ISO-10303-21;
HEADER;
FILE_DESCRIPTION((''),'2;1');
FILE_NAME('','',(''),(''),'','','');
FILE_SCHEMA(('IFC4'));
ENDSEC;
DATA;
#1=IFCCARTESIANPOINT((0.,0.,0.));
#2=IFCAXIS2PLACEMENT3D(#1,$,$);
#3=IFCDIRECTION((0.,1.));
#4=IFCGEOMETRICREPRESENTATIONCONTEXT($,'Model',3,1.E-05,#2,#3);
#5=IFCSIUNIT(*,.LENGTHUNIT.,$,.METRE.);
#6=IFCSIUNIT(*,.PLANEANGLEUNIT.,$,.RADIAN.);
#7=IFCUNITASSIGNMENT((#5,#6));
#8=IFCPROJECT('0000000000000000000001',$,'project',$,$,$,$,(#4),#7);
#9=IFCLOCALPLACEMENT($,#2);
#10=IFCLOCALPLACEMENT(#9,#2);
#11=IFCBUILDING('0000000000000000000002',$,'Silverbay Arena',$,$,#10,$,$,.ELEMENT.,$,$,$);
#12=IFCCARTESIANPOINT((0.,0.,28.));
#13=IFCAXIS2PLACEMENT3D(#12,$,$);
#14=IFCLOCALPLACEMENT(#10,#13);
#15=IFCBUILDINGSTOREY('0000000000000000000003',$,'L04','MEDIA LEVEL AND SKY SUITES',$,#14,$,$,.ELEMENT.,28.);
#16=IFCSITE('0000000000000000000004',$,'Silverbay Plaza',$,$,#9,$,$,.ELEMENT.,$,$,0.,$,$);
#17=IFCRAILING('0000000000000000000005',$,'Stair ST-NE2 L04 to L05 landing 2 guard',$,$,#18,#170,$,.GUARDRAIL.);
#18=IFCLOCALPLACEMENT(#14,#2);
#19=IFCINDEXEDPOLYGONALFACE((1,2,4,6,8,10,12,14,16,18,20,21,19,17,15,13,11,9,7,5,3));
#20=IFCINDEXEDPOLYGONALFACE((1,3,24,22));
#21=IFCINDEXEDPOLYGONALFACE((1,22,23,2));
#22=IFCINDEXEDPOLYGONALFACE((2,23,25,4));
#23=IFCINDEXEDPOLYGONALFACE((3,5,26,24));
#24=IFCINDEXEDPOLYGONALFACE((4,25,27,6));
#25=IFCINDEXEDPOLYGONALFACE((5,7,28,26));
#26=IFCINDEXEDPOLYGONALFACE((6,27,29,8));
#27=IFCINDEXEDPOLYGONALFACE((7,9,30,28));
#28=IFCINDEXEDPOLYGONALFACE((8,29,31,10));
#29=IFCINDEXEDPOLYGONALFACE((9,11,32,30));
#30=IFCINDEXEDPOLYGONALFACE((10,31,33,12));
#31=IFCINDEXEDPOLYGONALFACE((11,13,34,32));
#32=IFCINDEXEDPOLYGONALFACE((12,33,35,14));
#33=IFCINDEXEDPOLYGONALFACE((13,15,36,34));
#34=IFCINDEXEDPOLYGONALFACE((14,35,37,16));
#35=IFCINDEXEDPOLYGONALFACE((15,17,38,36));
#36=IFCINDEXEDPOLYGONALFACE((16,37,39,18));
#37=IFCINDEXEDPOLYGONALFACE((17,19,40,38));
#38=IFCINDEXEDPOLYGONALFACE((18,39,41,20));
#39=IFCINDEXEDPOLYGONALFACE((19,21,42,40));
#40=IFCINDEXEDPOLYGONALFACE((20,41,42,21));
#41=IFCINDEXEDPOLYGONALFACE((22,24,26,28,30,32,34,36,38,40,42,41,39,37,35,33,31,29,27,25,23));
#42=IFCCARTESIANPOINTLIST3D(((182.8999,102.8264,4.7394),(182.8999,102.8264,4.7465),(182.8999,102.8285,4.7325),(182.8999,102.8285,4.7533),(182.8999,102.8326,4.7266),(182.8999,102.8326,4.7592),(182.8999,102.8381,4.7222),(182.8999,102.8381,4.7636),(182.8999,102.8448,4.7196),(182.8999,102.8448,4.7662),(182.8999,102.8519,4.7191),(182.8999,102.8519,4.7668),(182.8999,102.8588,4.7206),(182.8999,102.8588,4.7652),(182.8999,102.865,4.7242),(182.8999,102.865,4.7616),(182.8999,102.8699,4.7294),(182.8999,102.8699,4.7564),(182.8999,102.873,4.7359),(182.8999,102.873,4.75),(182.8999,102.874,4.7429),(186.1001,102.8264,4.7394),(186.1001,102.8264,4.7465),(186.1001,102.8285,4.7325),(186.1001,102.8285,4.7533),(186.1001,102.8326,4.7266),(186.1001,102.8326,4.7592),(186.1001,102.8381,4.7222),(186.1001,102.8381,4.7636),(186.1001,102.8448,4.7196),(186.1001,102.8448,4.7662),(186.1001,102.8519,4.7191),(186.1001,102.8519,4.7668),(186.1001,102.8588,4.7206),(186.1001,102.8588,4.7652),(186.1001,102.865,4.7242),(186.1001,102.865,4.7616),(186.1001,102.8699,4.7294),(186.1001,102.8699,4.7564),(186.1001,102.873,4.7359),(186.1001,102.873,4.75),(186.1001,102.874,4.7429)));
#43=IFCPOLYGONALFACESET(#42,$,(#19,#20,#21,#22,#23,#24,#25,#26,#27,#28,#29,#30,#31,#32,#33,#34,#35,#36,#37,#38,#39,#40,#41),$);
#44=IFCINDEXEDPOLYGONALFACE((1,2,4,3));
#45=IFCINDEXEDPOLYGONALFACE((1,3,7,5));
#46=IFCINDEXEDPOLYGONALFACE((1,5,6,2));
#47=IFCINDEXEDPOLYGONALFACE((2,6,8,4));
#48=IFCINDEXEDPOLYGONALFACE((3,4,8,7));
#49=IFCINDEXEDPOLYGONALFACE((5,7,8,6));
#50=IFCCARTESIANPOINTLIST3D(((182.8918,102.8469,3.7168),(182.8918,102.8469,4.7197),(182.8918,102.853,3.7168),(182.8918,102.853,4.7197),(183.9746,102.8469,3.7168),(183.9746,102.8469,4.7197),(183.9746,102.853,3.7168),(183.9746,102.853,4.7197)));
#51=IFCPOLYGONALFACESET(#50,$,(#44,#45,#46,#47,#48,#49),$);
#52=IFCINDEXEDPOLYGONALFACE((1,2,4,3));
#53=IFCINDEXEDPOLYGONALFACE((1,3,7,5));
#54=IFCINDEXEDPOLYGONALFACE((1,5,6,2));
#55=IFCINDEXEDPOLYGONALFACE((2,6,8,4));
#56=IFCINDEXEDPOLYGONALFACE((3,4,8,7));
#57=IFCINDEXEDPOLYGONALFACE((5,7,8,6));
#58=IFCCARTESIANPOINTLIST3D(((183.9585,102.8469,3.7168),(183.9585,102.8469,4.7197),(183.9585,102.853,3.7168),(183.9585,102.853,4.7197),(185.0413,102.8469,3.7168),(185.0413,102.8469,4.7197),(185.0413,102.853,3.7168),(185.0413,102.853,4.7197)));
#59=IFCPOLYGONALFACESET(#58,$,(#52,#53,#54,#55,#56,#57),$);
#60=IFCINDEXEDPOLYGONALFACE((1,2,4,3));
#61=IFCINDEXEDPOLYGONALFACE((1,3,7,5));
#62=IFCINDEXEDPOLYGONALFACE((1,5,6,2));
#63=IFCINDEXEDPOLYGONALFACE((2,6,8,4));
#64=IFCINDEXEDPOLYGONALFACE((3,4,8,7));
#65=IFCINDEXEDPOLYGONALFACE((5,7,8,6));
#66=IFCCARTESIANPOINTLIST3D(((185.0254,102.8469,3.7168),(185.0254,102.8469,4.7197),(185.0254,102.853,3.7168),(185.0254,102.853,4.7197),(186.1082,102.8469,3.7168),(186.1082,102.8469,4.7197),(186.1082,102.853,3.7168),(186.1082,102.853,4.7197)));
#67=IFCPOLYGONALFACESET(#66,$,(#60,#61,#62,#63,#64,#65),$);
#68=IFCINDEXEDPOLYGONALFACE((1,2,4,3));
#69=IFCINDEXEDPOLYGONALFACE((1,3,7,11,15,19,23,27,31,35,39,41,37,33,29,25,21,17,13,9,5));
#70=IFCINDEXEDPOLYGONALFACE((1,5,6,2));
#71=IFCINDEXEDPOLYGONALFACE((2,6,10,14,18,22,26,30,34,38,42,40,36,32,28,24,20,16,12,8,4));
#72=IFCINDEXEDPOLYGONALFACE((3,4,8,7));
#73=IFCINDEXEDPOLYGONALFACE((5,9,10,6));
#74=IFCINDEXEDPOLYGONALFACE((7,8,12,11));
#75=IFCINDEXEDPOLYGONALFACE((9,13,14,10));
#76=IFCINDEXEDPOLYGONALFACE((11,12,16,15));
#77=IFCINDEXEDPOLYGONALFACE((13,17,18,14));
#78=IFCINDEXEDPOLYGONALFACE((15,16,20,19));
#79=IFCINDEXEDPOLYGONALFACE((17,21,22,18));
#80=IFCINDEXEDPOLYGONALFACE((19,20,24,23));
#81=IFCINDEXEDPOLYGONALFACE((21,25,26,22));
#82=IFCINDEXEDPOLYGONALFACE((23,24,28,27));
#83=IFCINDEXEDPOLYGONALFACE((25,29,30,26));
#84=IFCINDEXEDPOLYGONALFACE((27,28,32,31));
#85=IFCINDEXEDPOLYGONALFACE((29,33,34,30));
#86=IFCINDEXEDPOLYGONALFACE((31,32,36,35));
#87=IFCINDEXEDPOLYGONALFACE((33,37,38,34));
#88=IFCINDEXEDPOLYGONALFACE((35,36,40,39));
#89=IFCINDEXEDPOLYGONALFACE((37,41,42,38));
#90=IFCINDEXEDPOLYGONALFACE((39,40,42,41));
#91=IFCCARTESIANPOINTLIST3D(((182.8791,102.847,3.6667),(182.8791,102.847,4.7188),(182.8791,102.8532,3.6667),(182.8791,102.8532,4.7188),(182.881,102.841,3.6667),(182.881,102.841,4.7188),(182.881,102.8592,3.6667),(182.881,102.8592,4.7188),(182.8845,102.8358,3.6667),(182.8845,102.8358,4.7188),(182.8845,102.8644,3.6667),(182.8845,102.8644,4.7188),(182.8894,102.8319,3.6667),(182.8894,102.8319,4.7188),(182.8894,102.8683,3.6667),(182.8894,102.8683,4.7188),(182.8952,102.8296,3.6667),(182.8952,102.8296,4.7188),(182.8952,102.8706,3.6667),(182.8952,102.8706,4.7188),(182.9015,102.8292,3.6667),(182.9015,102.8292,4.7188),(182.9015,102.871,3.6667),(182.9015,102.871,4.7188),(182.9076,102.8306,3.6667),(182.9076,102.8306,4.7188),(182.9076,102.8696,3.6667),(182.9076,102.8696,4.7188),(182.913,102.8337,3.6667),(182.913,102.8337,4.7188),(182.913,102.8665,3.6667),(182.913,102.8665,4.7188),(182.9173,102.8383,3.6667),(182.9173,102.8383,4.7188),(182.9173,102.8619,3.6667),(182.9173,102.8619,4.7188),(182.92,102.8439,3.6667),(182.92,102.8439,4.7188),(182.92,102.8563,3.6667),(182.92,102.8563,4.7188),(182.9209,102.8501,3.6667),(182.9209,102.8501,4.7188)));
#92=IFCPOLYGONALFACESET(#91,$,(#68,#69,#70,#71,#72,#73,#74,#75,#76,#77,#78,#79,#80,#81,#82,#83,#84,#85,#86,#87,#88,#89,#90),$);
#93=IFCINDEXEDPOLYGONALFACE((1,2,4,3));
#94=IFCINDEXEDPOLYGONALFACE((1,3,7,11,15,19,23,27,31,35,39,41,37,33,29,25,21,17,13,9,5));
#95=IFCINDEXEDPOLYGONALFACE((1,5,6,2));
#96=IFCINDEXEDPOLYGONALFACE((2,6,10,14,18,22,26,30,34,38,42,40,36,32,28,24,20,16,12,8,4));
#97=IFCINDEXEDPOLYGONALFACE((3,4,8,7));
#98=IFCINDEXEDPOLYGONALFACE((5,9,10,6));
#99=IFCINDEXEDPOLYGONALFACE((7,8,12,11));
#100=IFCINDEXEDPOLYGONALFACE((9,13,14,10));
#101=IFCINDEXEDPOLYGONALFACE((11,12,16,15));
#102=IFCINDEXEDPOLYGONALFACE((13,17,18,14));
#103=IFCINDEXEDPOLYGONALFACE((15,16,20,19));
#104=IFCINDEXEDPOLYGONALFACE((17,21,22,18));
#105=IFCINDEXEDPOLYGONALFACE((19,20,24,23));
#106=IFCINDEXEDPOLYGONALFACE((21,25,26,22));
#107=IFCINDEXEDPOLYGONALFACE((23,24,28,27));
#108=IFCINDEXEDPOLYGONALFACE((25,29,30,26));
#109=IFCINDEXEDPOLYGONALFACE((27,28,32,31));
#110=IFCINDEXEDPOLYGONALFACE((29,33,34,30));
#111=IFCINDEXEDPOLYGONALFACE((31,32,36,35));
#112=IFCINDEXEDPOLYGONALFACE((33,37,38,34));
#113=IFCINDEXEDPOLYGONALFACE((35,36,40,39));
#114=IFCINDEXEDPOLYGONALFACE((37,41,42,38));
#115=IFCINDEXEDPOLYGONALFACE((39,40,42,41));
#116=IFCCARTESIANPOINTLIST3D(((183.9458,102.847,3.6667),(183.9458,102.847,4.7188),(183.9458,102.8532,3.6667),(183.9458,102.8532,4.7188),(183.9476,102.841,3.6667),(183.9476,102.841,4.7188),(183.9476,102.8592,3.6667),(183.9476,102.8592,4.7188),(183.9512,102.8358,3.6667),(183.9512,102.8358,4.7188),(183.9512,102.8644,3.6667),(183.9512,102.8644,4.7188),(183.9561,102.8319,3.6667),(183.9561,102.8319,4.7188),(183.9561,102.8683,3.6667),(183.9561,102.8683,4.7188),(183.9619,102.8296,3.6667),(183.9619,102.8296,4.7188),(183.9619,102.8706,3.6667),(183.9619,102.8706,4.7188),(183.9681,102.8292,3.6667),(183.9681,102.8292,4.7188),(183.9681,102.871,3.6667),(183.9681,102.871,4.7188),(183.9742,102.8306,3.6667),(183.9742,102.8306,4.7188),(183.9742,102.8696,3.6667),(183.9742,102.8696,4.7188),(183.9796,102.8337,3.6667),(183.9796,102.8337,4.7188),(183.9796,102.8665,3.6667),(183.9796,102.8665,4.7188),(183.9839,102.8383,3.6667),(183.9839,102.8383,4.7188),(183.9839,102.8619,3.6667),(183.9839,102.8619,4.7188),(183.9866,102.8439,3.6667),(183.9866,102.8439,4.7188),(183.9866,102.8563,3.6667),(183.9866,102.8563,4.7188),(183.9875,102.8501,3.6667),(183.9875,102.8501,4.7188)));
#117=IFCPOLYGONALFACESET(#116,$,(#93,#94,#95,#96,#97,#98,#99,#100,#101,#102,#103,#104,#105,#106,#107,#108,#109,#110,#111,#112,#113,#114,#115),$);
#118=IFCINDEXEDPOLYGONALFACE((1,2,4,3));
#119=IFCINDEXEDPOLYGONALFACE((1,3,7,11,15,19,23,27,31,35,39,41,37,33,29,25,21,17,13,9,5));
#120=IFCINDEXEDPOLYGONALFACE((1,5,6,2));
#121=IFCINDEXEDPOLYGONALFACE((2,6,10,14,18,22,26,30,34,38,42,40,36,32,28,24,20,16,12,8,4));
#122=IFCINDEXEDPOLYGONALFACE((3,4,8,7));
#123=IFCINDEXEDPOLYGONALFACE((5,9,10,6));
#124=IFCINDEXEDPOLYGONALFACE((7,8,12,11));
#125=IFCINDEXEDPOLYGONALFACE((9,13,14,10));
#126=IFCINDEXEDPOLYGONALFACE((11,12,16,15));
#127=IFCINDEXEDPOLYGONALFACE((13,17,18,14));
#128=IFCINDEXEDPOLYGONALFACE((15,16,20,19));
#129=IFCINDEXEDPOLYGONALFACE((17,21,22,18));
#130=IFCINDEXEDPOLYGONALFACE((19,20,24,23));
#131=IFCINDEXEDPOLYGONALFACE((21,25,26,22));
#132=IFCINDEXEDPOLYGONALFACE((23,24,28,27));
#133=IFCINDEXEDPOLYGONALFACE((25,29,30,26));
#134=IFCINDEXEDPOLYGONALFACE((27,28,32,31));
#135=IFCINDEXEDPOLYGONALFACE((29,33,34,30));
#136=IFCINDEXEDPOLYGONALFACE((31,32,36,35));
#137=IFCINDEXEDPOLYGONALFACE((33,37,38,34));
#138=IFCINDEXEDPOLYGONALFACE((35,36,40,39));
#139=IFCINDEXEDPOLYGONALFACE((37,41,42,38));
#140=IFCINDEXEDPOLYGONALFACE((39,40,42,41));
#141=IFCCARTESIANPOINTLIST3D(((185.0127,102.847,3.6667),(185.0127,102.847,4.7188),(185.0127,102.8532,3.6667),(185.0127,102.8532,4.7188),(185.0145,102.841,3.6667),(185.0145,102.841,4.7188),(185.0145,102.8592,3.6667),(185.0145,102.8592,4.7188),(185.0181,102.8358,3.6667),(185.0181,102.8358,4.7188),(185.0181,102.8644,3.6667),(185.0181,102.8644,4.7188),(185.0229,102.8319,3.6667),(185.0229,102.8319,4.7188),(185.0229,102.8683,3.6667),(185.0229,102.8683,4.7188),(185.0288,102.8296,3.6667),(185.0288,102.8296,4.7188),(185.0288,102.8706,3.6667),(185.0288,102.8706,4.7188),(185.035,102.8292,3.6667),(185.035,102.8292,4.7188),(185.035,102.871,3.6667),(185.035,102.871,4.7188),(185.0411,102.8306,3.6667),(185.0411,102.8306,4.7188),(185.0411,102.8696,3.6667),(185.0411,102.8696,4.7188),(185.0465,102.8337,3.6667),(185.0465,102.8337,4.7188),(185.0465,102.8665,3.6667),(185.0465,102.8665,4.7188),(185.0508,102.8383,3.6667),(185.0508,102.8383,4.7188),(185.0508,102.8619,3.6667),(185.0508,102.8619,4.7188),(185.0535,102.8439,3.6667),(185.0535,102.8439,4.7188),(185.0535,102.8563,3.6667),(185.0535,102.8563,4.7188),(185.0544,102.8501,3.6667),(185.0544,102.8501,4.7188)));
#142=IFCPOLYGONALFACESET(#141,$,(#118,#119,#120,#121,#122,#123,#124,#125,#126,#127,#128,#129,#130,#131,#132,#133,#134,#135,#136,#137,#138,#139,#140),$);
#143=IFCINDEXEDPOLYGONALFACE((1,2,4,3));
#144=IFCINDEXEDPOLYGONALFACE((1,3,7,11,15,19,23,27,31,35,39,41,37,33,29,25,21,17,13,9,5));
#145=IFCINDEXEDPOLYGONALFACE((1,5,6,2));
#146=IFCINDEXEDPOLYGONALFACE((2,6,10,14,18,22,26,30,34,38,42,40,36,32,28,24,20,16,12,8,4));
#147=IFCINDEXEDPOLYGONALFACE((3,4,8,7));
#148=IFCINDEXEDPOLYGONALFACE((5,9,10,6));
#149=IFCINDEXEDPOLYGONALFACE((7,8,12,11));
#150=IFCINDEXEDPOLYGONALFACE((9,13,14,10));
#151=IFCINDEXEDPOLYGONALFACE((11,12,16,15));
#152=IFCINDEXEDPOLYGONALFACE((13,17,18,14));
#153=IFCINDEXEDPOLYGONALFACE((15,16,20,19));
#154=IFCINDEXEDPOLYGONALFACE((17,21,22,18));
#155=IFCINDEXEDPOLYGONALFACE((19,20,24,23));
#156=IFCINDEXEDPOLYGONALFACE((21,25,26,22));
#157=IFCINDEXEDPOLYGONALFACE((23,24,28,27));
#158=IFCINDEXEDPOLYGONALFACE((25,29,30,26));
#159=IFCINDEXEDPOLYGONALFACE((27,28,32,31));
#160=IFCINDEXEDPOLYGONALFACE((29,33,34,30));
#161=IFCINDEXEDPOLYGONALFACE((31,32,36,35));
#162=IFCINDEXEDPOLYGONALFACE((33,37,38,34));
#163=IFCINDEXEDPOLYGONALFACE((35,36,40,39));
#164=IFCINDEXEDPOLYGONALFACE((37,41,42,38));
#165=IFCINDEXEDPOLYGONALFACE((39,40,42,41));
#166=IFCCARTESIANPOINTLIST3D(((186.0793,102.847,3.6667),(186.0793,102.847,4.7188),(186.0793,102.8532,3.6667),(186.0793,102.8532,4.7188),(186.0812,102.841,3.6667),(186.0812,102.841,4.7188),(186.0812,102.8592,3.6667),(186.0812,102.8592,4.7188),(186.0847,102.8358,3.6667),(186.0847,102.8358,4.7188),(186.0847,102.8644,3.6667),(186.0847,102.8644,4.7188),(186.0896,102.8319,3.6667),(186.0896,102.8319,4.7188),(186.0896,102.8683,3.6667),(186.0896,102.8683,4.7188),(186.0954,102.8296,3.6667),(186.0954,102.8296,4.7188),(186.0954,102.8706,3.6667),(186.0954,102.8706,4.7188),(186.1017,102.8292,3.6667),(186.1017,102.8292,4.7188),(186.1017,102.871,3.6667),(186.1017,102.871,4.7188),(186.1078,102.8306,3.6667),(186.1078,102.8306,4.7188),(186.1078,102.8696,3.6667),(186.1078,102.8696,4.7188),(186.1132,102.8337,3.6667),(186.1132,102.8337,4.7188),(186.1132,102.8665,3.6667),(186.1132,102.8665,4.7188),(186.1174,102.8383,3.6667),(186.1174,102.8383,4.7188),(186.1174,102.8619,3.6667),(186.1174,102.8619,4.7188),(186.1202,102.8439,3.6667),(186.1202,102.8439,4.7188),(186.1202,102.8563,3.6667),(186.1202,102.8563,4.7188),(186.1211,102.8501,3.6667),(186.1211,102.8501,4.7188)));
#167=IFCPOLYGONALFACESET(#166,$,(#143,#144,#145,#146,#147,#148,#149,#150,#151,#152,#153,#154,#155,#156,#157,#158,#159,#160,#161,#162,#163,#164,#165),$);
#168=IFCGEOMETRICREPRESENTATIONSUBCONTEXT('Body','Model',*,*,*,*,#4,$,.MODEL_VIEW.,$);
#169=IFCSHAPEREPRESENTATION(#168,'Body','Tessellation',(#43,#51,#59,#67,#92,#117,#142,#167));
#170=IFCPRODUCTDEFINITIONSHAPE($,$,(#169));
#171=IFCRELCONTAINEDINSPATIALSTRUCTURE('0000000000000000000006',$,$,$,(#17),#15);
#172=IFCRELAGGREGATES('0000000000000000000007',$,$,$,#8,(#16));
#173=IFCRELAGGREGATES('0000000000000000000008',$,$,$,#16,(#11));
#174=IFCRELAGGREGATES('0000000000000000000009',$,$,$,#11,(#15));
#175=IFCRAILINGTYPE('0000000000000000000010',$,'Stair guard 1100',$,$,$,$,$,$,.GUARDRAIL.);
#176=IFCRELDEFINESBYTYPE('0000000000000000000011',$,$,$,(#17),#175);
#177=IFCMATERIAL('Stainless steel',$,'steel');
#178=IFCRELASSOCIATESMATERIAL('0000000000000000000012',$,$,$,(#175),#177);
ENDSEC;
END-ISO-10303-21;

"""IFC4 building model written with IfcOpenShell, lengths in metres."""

from ifc_helpers import new_model, si_unit, direction, frame, origin, origin_2d, place, context, subcontext, project, spatial, polyline, circle, outline, extrude, material, type_object, element, save


model = new_model("IFC4")

# Units and contexts
model_context = context("Model", 3, precision=1e-05, world=origin(), true_north=direction((0.0, 1.0)))
body_context = subcontext(model_context, "Body", "Model", "MODEL_VIEW")
ifc_project = project(units=[si_unit("LENGTHUNIT", "METRE"), si_unit("PLANEANGLEUNIT", "RADIAN")], contexts=[model_context])

# Site, building, storey
site_placement = place(None, origin())
site = spatial("IfcSite", under=ifc_project, at=site_placement, Name="Silverbay Plaza", CompositionType="ELEMENT", RefElevation=0.0)
building_placement = place(site_placement, origin())
building = spatial("IfcBuilding", under=site, at=building_placement, Name="Silverbay Arena", CompositionType="ELEMENT")
storey_placement = place(building_placement, frame((0.0, 0.0, 28.0)))
storey = spatial("IfcBuildingStorey", under=building, at=storey_placement, Name="L04", Description="MEDIA LEVEL AND SKY SUITES", CompositionType="ELEMENT", Elevation=28.0)

# Railing
ifc_material_1 = material(Name="Stainless steel", Category="steel")
railing_type_1 = type_object("IfcRailingType", Name="Stair guard 1100", PredefinedType="GUARDRAIL", material=ifc_material_1)
for number, where, name in (
    (1, (182.8999, 102.8501, 3.6667), "Stair ST-NE2 L04 to L05 landing 2 guard"),
):
    element("IfcRailing", number, at=place(storey_placement, frame(where)), inside=storey, type_object=railing_type_1, Name=name, PredefinedType="GUARDRAIL", context=body_context, shape_type="SweptSolid", body=[
        extrude(circle(Radius=0.0239, at=origin_2d()), frame((0.0, 0.0, 1.0762), z_axis=(1.0, 0.0, 0.0), x_axis=(0.0, 1.0, 0.0)), (0.0, 0.0, 1.0), 3.2002),
        extrude(outline(polyline([(-0.0081, 0.05), (1.0747, 0.05), (1.0747, 1.053), (-0.0081, 1.053), (-0.0081, 0.05)])), frame((0.0, 0.0029, 0.0), z_axis=(0.0, -1.0, 0.0), x_axis=(1.0, 0.0, 0.0)), (0.0, 0.0, 1.0), 0.0061),
        extrude(outline(polyline([(-0.0081, 0.05), (1.0747, 0.05), (1.0747, 1.053), (-0.0081, 1.053), (-0.0081, 0.05)])), frame((1.0667, 0.0029, 0.0), z_axis=(0.0, -1.0, 0.0), x_axis=(1.0, 0.0, 0.0)), (0.0, 0.0, 1.0), 0.0061),
        extrude(outline(polyline([(-0.0081, 0.05), (1.0747, 0.05), (1.0747, 1.053), (-0.0081, 1.053), (-0.0081, 0.05)])), frame((2.1335, 0.0029, 0.0), z_axis=(0.0, -1.0, 0.0), x_axis=(1.0, 0.0, 0.0)), (0.0, 0.0, 1.0), 0.0061),
        extrude(circle(Radius=0.021, at=origin_2d()), origin(), (0.0, 0.0, 1.0), 1.052),
        extrude(circle(Radius=0.021, at=origin_2d()), frame((1.0667, 0.0, 0.0)), (0.0, 0.0, 1.0), 1.052),
        extrude(circle(Radius=0.021, at=origin_2d()), frame((2.1335, 0.0, 0.0)), (0.0, 0.0, 1.0), 1.052),
        extrude(circle(Radius=0.021, at=origin_2d()), frame((3.2002, 0.0, 0.0)), (0.0, 0.0, 1.0), 1.052),
    ])

save(model, "model.ifc")
